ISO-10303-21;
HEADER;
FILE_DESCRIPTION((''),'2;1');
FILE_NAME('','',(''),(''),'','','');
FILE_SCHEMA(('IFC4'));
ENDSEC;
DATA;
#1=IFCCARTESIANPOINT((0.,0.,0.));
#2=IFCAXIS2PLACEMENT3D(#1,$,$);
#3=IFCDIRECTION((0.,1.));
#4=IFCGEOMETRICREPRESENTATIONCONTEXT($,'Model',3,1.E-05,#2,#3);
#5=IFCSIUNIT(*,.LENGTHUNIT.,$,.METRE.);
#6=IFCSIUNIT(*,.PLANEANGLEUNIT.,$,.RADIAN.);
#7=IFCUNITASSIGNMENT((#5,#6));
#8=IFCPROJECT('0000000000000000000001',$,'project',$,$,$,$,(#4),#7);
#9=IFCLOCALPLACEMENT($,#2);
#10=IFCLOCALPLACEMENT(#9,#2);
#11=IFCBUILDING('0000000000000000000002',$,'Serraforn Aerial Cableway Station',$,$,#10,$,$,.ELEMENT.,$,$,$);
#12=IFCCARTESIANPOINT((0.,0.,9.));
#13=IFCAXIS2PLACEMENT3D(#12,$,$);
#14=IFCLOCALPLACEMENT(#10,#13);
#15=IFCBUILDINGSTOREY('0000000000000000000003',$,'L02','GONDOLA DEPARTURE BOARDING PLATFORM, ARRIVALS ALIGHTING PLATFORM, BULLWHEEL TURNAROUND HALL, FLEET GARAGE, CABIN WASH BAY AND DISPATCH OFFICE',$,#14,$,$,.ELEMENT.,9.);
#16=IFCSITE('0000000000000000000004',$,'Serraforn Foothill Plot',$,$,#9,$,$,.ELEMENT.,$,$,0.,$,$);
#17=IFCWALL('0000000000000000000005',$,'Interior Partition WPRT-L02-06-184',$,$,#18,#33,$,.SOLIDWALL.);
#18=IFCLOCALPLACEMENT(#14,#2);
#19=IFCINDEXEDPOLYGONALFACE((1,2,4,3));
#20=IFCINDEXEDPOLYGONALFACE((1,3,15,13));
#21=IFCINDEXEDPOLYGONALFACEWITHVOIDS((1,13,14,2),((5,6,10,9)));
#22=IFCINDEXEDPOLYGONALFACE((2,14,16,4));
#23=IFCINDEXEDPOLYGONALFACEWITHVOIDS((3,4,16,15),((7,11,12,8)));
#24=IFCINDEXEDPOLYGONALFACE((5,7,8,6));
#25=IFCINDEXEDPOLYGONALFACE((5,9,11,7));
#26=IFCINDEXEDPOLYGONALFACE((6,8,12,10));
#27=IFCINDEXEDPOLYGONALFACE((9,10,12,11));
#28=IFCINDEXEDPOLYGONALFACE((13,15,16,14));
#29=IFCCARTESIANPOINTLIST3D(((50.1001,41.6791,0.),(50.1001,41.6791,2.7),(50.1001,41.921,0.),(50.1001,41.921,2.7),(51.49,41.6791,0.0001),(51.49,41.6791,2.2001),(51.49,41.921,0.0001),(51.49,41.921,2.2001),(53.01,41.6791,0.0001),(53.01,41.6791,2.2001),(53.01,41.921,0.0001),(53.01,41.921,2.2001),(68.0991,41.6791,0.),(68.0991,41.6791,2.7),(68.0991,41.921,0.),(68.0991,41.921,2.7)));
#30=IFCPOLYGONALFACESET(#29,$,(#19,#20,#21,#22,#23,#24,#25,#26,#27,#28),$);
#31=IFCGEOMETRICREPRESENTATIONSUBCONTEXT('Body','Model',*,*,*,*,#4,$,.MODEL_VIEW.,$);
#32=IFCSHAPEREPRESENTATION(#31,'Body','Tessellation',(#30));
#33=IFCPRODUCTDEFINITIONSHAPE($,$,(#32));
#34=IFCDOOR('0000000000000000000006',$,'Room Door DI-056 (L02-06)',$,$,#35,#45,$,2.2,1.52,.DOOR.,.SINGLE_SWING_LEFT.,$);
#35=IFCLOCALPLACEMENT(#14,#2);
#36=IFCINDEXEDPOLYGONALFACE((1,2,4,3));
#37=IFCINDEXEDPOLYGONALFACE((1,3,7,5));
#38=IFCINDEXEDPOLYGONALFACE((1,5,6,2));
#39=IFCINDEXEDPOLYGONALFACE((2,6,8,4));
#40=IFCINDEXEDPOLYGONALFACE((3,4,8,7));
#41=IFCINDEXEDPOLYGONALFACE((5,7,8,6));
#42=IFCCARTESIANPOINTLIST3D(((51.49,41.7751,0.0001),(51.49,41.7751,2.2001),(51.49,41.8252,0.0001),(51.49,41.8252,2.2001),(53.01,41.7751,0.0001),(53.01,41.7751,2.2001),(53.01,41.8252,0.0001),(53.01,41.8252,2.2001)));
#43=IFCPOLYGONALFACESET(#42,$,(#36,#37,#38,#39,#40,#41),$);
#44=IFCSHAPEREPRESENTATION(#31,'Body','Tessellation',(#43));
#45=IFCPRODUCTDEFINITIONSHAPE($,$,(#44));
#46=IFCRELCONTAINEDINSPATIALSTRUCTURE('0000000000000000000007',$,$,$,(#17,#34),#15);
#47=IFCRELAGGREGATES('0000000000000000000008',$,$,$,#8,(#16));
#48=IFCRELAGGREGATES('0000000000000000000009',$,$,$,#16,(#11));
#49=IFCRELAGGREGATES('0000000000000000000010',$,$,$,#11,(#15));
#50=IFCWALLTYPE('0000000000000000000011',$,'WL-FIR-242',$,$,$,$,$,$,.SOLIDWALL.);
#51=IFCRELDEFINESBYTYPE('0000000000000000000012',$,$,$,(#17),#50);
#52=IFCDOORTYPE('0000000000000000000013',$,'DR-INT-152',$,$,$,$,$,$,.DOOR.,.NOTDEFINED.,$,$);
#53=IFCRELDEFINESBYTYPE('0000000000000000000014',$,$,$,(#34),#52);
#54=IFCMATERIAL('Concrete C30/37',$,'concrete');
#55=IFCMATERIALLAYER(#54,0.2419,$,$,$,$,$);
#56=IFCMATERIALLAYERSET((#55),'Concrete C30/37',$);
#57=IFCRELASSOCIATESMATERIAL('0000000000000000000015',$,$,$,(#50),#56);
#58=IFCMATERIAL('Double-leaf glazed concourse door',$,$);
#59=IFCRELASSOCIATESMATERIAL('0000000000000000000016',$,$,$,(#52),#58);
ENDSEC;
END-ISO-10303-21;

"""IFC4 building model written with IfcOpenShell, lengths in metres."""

from ifc_helpers import new_model, si_unit, direction, frame, frame_2d, origin, place, context, subcontext, project, spatial, rectangle, extrude, material, layer, layer_set, type_object, element, fill, save


model = new_model("IFC4")

# Units and contexts
model_context = context("Model", 3, precision=1e-05, world=origin(), true_north=direction((0.0, 1.0)))
body_context = subcontext(model_context, "Body", "Model", "MODEL_VIEW")
ifc_project = project(units=[si_unit("LENGTHUNIT", "METRE"), si_unit("PLANEANGLEUNIT", "RADIAN")], contexts=[model_context])

# Site, building, storey
site_placement = place(None, origin())
site = spatial("IfcSite", under=ifc_project, at=site_placement, Name="Serraforn Foothill Plot", CompositionType="ELEMENT", RefElevation=0.0)
building_placement = place(site_placement, origin())
building = spatial("IfcBuilding", under=site, at=building_placement, Name="Serraforn Aerial Cableway Station", CompositionType="ELEMENT")
storey_placement = place(building_placement, frame((0.0, 0.0, 9.0)))
storey = spatial("IfcBuildingStorey", under=building, at=storey_placement, Name="L02", Description="GONDOLA DEPARTURE BOARDING PLATFORM, ARRIVALS ALIGHTING PLATFORM, BULLWHEEL TURNAROUND HALL, FLEET GARAGE, CABIN WASH BAY AND DISPATCH OFFICE", CompositionType="ELEMENT", Elevation=9.0)

# Wall, opening, door
ifc_material_1 = material(Name="Concrete C30/37", Category="concrete")
ifc_layer_1 = layer(ifc_material_1, 0.2419)
ifc_layer_set_1 = layer_set([ifc_layer_1], Name="Concrete C30/37")
wall_type_1 = type_object("IfcWallType", Name="WL-FIR-242", PredefinedType="SOLIDWALL", material=ifc_layer_set_1)
wall_1_placement = place(storey_placement, frame((68.0991, 41.8, 0.0), z_axis=(0.0, 0.0, 1.0), x_axis=(-1.0, 0.0, 0.0)))
wall_1 = element("IfcWall", 1, at=wall_1_placement, inside=storey, type_object=wall_type_1, Name="Interior Partition WPRT-L02-06-184", PredefinedType="SOLIDWALL", context=body_context, shape_type="SweptSolid", body=[
    extrude(rectangle(XDim=17.999, YDim=0.2419, at=frame_2d((8.9995, 0.0))), origin(), (0.0, 0.0, 1.0), 2.7),
])
opening_placement = place(wall_1_placement, frame((15.0891, 0.0, 0.0)))
opening = element("IfcOpeningElement", 2, at=opening_placement, cuts=wall_1, PredefinedType="OPENING", context=body_context, shape_type="SweptSolid", body=[
    extrude(rectangle(XDim=1.52, YDim=2.2, at=frame_2d((0.76, 1.1001))), frame((0.0, 0.1309, 0.0), z_axis=(0.0, -1.0, 0.0), x_axis=(1.0, 0.0, 0.0)), (0.0, 0.0, 1.0), 0.262),
])
ifc_material_2 = material(Name="Double-leaf glazed concourse door")
door_type = type_object("IfcDoorType", Name="DR-INT-152", OperationType="NOTDEFINED", PredefinedType="DOOR", material=ifc_material_2)
door_placement = place(opening_placement, origin())
door = element("IfcDoor", 3, at=door_placement, inside=storey, type_object=door_type, Name="Room Door DI-056 (L02-06)", OperationType="SINGLE_SWING_LEFT", OverallHeight=2.2, OverallWidth=1.52, PredefinedType="DOOR", context=body_context, shape_type="SweptSolid", body=[
    extrude(rectangle(XDim=1.52, YDim=2.2, at=frame_2d((0.76, 1.1001))), frame((0.0, 0.0249, 0.0), z_axis=(0.0, -1.0, 0.0), x_axis=(1.0, 0.0, 0.0)), (0.0, 0.0, 1.0), 0.05),
])
fill(opening, door)

save(model, "model.ifc")
